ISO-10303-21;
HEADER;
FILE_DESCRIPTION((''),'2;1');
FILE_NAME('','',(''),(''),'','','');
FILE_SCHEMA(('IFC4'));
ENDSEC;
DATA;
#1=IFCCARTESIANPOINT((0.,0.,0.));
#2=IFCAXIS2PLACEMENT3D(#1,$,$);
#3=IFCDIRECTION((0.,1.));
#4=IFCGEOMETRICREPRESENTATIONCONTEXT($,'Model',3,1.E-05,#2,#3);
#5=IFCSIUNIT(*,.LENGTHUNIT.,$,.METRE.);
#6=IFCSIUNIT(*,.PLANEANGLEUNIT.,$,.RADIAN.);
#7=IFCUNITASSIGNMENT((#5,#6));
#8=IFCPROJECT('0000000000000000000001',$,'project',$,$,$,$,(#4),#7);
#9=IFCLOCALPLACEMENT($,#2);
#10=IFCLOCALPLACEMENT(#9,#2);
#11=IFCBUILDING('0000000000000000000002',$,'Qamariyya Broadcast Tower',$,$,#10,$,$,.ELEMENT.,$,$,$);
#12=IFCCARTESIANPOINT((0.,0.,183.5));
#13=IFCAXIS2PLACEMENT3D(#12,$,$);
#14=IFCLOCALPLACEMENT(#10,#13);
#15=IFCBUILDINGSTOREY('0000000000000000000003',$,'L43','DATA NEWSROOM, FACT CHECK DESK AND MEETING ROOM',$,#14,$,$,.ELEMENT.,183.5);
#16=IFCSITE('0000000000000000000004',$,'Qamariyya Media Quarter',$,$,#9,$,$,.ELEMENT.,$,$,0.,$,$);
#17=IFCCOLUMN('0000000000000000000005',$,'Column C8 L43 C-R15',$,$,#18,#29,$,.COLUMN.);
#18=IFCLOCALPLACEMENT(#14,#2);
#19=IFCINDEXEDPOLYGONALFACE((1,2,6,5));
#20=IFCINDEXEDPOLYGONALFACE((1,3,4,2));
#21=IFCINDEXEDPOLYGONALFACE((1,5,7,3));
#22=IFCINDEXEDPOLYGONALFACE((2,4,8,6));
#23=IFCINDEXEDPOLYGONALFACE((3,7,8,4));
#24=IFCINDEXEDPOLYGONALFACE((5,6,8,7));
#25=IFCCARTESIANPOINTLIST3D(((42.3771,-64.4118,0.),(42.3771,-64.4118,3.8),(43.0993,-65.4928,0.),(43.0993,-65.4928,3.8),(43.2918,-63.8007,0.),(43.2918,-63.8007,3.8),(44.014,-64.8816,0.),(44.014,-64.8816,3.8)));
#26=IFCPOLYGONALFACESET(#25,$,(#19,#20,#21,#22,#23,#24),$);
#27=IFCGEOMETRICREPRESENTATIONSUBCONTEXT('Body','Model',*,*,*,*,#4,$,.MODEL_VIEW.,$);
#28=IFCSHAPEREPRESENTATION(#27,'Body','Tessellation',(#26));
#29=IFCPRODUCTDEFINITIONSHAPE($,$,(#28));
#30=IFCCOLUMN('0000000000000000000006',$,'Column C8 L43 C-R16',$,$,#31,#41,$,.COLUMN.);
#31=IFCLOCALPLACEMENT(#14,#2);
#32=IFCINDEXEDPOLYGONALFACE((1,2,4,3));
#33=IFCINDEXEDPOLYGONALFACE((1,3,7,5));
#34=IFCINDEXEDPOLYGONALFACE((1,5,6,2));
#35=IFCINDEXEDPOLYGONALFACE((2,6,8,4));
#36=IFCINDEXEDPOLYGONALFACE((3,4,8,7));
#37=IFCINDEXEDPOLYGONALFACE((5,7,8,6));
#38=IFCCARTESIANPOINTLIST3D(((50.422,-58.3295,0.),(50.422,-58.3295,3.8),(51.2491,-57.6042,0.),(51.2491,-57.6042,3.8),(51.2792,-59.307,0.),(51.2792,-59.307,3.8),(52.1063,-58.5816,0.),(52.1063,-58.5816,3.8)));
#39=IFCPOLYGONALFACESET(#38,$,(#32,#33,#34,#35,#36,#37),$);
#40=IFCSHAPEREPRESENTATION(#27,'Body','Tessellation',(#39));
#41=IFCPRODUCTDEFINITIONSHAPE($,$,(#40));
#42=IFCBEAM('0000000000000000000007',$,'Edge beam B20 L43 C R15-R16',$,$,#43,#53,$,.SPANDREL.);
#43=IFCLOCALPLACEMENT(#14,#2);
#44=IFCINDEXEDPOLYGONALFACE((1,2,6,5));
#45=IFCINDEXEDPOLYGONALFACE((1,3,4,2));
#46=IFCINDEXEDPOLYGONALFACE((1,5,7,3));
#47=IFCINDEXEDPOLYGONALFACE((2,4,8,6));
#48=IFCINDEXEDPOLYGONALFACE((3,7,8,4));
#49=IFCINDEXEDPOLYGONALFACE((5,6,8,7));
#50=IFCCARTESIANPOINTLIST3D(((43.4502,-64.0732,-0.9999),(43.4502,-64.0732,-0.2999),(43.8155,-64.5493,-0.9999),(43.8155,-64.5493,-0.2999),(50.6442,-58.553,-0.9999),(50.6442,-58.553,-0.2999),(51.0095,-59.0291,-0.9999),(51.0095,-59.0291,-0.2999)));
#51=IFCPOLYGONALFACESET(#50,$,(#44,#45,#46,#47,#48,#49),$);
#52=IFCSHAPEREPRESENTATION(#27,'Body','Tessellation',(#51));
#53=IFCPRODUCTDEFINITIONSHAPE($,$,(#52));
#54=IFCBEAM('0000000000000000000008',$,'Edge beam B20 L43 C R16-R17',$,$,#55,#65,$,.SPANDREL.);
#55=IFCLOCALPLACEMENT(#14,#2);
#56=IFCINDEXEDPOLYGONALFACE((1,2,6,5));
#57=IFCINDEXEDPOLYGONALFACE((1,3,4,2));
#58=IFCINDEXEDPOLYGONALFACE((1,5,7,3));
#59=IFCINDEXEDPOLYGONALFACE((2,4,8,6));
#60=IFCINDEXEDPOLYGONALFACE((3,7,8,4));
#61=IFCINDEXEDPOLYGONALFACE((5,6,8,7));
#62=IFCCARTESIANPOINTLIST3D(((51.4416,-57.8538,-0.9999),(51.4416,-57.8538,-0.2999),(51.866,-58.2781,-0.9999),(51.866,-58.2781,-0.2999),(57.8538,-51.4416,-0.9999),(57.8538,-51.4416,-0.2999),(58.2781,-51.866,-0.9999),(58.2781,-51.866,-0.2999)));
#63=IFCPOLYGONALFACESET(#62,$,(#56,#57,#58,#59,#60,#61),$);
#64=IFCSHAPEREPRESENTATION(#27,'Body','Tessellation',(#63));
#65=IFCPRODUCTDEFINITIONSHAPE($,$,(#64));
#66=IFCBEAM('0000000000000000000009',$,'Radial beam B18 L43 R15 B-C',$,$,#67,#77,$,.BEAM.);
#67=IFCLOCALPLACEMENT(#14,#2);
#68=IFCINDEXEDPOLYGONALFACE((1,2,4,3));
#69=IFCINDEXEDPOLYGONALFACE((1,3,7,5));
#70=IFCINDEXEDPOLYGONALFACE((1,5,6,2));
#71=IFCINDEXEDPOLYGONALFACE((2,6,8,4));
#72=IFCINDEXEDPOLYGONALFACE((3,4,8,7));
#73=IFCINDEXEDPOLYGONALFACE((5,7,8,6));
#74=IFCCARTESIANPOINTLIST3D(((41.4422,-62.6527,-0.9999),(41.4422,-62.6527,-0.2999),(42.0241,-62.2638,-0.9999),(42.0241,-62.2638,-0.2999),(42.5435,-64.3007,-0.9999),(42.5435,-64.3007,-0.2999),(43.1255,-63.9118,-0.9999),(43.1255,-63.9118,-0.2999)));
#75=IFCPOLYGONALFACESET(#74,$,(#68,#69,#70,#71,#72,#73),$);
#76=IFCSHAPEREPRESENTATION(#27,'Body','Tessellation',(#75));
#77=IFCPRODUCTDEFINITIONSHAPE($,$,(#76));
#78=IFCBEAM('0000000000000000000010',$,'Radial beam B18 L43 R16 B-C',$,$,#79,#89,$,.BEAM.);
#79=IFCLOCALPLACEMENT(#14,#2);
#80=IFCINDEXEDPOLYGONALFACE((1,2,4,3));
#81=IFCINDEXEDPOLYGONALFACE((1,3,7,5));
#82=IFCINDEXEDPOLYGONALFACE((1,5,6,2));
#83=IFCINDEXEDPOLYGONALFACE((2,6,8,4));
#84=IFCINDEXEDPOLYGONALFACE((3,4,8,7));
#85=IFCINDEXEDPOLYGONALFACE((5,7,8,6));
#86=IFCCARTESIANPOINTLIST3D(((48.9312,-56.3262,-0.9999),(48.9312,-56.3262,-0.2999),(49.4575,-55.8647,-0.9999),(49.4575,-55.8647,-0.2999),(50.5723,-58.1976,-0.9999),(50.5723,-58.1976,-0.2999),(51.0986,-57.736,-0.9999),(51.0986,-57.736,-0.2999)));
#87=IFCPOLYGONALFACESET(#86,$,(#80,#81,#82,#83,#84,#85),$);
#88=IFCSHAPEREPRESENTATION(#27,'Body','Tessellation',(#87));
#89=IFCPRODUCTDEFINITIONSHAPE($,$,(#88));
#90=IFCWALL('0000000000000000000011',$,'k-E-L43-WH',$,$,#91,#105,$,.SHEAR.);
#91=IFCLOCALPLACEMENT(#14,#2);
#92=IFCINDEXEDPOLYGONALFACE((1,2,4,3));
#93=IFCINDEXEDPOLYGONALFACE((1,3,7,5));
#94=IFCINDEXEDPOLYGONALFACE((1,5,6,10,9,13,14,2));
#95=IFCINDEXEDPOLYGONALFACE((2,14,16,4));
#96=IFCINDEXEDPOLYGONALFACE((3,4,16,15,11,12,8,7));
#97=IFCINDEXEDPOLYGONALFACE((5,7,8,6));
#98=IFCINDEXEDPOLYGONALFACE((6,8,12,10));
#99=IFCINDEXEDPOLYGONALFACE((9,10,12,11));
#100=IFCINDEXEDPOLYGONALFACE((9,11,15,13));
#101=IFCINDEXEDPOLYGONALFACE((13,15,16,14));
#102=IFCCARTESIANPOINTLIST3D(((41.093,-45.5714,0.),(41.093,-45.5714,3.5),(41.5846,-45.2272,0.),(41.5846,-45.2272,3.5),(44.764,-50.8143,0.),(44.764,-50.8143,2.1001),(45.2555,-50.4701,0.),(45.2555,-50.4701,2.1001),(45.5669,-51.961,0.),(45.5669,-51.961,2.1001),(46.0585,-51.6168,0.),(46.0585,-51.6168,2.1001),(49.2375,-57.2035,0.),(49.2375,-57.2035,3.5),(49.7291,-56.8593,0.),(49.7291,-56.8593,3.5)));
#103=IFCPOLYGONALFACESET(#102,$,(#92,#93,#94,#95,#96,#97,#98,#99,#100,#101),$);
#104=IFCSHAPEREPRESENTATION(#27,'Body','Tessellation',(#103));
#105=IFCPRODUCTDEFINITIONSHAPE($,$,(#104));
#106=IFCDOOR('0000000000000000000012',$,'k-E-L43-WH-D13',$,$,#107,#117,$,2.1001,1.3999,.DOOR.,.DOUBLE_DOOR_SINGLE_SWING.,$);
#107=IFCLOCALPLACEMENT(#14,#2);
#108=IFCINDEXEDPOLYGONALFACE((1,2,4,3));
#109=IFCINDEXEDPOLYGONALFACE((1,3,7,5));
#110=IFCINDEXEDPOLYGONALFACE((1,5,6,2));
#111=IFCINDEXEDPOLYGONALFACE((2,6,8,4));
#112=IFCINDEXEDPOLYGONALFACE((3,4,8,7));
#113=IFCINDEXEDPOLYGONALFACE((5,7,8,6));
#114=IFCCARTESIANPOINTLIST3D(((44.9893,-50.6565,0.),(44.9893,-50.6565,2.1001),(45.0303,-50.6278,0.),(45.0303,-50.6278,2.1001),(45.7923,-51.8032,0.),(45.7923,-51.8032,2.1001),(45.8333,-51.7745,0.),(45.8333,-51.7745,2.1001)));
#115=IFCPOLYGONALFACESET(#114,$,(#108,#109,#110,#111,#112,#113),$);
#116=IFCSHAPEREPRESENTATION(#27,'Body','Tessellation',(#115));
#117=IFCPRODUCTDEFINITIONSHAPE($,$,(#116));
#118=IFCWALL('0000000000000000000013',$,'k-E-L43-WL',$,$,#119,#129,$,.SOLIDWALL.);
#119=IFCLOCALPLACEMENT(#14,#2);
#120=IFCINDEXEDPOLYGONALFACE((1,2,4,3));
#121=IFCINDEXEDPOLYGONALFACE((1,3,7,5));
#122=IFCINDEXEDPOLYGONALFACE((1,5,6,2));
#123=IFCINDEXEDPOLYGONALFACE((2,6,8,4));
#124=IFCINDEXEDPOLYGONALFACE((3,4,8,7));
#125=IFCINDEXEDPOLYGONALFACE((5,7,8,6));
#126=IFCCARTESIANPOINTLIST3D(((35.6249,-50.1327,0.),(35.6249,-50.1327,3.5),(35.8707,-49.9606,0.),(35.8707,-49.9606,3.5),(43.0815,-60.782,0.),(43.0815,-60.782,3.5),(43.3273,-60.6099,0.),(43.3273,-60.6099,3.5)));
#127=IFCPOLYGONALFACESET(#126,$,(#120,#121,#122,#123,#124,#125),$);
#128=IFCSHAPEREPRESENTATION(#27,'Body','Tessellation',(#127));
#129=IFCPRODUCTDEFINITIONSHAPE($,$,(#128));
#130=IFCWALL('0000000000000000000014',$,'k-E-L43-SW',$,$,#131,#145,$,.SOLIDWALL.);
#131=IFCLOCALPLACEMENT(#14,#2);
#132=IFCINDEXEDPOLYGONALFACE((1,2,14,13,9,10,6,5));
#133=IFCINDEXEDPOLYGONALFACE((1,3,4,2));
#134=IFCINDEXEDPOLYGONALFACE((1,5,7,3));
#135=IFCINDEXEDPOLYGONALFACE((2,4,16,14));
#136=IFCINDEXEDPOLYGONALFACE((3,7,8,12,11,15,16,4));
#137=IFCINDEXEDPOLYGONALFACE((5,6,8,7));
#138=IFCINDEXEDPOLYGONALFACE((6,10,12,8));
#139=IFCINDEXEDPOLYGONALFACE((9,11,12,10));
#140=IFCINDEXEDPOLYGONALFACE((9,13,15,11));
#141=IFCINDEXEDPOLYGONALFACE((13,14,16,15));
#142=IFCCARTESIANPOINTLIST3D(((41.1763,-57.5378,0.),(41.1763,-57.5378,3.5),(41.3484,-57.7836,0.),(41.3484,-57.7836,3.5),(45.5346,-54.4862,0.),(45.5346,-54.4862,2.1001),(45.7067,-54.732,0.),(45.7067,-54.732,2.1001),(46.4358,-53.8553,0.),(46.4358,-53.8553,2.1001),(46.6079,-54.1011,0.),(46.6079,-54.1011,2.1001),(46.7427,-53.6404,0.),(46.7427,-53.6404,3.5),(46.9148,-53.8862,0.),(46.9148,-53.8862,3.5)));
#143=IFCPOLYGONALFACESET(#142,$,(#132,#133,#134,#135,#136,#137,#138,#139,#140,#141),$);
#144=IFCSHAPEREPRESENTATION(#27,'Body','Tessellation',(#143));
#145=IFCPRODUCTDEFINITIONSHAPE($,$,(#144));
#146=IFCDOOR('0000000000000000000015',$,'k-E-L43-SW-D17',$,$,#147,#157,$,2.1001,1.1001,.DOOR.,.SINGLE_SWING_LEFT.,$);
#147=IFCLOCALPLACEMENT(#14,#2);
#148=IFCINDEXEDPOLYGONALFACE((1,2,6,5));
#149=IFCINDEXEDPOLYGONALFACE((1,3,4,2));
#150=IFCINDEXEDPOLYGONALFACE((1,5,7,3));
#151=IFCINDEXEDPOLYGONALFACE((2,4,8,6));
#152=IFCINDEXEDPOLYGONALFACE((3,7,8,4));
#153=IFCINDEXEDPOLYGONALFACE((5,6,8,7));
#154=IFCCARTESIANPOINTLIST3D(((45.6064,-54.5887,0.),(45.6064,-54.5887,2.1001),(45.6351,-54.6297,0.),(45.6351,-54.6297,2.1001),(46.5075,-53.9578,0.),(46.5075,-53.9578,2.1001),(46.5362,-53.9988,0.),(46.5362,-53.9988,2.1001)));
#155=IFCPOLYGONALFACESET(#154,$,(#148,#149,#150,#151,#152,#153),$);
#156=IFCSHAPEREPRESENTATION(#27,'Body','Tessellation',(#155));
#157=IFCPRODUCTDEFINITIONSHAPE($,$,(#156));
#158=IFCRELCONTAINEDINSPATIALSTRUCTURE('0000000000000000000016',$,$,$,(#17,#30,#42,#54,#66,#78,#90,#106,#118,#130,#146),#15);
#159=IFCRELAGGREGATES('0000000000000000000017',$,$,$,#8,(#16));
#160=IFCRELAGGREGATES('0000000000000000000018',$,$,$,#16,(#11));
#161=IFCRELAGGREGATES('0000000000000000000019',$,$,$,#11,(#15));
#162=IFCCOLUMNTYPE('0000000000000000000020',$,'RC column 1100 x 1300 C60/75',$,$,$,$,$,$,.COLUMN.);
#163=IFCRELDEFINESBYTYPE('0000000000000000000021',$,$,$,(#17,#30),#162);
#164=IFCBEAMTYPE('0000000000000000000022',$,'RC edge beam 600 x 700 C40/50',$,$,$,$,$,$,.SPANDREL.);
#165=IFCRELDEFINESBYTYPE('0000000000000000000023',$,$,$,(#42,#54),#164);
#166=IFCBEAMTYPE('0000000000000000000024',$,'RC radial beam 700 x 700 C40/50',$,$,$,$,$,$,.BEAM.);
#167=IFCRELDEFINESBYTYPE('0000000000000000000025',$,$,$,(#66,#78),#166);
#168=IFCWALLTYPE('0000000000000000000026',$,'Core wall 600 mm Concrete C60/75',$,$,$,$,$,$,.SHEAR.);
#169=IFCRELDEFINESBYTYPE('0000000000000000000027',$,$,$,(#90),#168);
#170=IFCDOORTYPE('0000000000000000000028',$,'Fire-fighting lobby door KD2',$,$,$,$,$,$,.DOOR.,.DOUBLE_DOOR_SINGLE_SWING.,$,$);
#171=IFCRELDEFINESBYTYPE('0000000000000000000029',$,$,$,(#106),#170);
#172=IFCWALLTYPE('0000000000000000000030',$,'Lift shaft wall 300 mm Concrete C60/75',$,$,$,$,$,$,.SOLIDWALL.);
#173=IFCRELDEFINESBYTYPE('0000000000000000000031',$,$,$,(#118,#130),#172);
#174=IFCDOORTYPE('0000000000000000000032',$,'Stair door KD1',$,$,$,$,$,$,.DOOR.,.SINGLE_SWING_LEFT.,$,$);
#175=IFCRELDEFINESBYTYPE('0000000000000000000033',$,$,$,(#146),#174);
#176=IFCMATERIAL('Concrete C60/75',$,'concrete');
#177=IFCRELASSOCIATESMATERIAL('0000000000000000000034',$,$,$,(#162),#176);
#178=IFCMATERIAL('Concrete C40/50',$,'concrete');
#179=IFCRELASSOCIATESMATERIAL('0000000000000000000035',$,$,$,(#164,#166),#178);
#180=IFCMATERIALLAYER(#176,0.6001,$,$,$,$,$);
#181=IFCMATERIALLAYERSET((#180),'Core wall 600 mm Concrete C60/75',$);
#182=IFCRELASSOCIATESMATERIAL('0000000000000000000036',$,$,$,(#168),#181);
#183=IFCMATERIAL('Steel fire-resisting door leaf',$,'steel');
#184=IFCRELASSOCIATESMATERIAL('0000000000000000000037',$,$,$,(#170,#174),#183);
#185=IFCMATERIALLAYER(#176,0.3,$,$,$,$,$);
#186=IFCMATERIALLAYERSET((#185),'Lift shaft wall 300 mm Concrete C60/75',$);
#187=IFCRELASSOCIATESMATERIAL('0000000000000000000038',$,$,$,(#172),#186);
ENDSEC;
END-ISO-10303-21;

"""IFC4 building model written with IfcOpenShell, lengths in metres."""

from ifc_helpers import new_model, si_unit, direction, frame, frame_2d, origin, origin_2d, place, context, subcontext, project, spatial, rectangle, extrude, material, layer, layer_set, material_profile, profile_set, type_object, element, fill, save


model = new_model("IFC4")

# Units and contexts
model_context = context("Model", 3, precision=1e-05, world=origin(), true_north=direction((0.0, 1.0)))
body_context = subcontext(model_context, "Body", "Model", "MODEL_VIEW")
ifc_project = project(units=[si_unit("LENGTHUNIT", "METRE"), si_unit("PLANEANGLEUNIT", "RADIAN")], contexts=[model_context])

# Site, building, storey
site_placement = place(None, origin())
site = spatial("IfcSite", under=ifc_project, at=site_placement, Name="Qamariyya Media Quarter", CompositionType="ELEMENT", RefElevation=0.0)
building_placement = place(site_placement, origin())
building = spatial("IfcBuilding", under=site, at=building_placement, Name="Qamariyya Broadcast Tower", CompositionType="ELEMENT")
storey_placement = place(building_placement, frame((0.0, 0.0, 183.5)))
storey = spatial("IfcBuildingStorey", under=building, at=storey_placement, Name="L43", Description="DATA NEWSROOM, FACT CHECK DESK AND MEETING ROOM", CompositionType="ELEMENT", Elevation=183.5)

# Columns
ifc_material_1 = material(Name="Concrete C60/75", Category="concrete")
ifc_material_profile_1 = material_profile(ifc_material_1, rectangle(XDim=1.1001, YDim=1.3, at=origin_2d()))
ifc_profile_set_1 = profile_set([ifc_material_profile_1], Name="Concrete C60/75")
column_type = type_object("IfcColumnType", Name="RC column 1100 x 1300 C60/75", PredefinedType="COLUMN", material=ifc_profile_set_1)
for number, where, z_axis, x_axis, name in (
    (1, (43.1956, -64.6467, 0.0), (0.0, 0.0, 1.0), (0.83147, 0.55557, 0.0), "Column C8 L43 C-R15"),
    (2, (51.2642, -58.4556, 0.0), (0.0, 0.0, 1.0), (0.75184, 0.659346, 0.0), "Column C8 L43 C-R16"),
):
    element("IfcColumn", number, at=place(storey_placement, frame(where, z_axis=z_axis, x_axis=x_axis)), inside=storey, type_object=column_type, Name=name, PredefinedType="COLUMN", context=body_context, shape_type="SweptSolid", body=[
        extrude(rectangle(XDim=1.1001, YDim=1.3, at=origin_2d()), origin(), (0.0, 0.0, 1.0), 3.8),
    ])

# Beams
ifc_material_2 = material(Name="Concrete C40/50", Category="concrete")
ifc_material_profile_2 = material_profile(ifc_material_2, rectangle(XDim=0.6001, YDim=0.7, at=origin_2d()))
ifc_profile_set_2 = profile_set([ifc_material_profile_2], Name="Concrete C40/50")
beam_type_1 = type_object("IfcBeamType", Name="RC edge beam 600 x 700 C40/50", PredefinedType="SPANDREL", material=ifc_profile_set_2)
beam_1_placement = place(storey_placement, frame((43.6328, -64.3113, -0.6499), z_axis=(0.793351, 0.608764, 0.0), x_axis=(-0.608764, 0.793351, 0.0)))
element("IfcBeam", 3, at=beam_1_placement, inside=storey, type_object=beam_type_1, Name="Edge beam B20 L43 C R15-R16", PredefinedType="SPANDREL", context=body_context, shape_type="SweptSolid", body=[
    extrude(rectangle(XDim=0.6001, YDim=0.7, at=origin_2d()), origin(), (0.0, 0.0, 1.0), 9.0679),
])
beam_2_placement = place(storey_placement, frame((51.6538, -58.0659, -0.6499), z_axis=(0.707107, 0.707107, 0.0), x_axis=(-0.707107, 0.707107, 0.0)))
element("IfcBeam", 4, at=beam_2_placement, inside=storey, type_object=beam_type_1, Name="Edge beam B20 L43 C R16-R17", PredefinedType="SPANDREL", context=body_context, shape_type="SweptSolid", body=[
    extrude(rectangle(XDim=0.6001, YDim=0.7, at=origin_2d()), origin(), (0.0, 0.0, 1.0), 9.0681),
])
ifc_material_profile_3 = material_profile(ifc_material_2, rectangle(XDim=0.7, YDim=0.7, at=origin_2d()))
ifc_profile_set_3 = profile_set([ifc_material_profile_3], Name="Concrete C40/50")
beam_type_2 = type_object("IfcBeamType", Name="RC radial beam 700 x 700 C40/50", PredefinedType="BEAM", material=ifc_profile_set_3)
beam_3_placement = place(storey_placement, frame((41.7332, -62.4583, -0.6499), z_axis=(0.555638, -0.831424, 0.0), x_axis=(0.831424, 0.555638, 0.0)))
element("IfcBeam", 5, at=beam_3_placement, inside=storey, type_object=beam_type_2, Name="Radial beam B18 L43 R15 B-C", PredefinedType="BEAM", context=body_context, shape_type="SweptSolid", body=[
    extrude(rectangle(XDim=0.7, YDim=0.7, at=origin_2d()), origin(), (0.0, 0.0, 1.0), 1.9822),
])
beam_4_placement = place(storey_placement, frame((49.1943, -56.0955, -0.6499), z_axis=(0.659344, -0.751841, 0.0), x_axis=(0.751841, 0.659344, 0.0)))
element("IfcBeam", 6, at=beam_4_placement, inside=storey, type_object=beam_type_2, Name="Radial beam B18 L43 R16 B-C", PredefinedType="BEAM", context=body_context, shape_type="SweptSolid", body=[
    extrude(rectangle(XDim=0.7, YDim=0.7, at=origin_2d()), origin(), (0.0, 0.0, 1.0), 2.489),
])

# Wall, opening, door
ifc_layer_1 = layer(ifc_material_1, 0.6001)
ifc_layer_set_1 = layer_set([ifc_layer_1], Name="Core wall 600 mm Concrete C60/75")
wall_type_1 = type_object("IfcWallType", Name="Core wall 600 mm Concrete C60/75", PredefinedType="SHEAR", material=ifc_layer_set_1)
wall_1_placement = place(storey_placement, frame((49.4834, -57.0315, 0.0), z_axis=(0.0, 0.0, 1.0), x_axis=(-0.57356, 0.819163, 0.0)))
wall_1 = element("IfcWall", 7, at=wall_1_placement, inside=storey, type_object=wall_type_1, Name="k-E-L43-WH", PredefinedType="SHEAR", context=body_context, shape_type="SweptSolid", body=[
    extrude(rectangle(XDim=14.2, YDim=0.6001, at=frame_2d((7.1001, 0.0))), origin(), (0.0, 0.0, 1.0), 3.5),
])
opening_1_placement = place(wall_1_placement, frame((6.3999, 0.0, 0.0)))
opening_1 = element("IfcOpeningElement", 8, at=opening_1_placement, cuts=wall_1, PredefinedType="OPENING", context=body_context, shape_type="SweptSolid", body=[
    extrude(rectangle(XDim=1.3999, YDim=2.1001, at=frame_2d((0.7, 1.05))), frame((0.0, 0.3101, 0.0), z_axis=(0.0, -1.0, 0.0), x_axis=(1.0, 0.0, 0.0)), (0.0, 0.0, 1.0), 0.6201),
])
ifc_material_3 = material(Name="Steel fire-resisting door leaf", Category="steel")
door_type_1 = type_object("IfcDoorType", Name="Fire-fighting lobby door KD2", OperationType="DOUBLE_DOOR_SINGLE_SWING", PredefinedType="DOOR", material=ifc_material_3)
door_1_placement = place(opening_1_placement, origin())
door_1 = element("IfcDoor", 9, at=door_1_placement, inside=storey, type_object=door_type_1, Name="k-E-L43-WH-D13", OperationType="DOUBLE_DOOR_SINGLE_SWING", OverallHeight=2.1001, OverallWidth=1.3999, PredefinedType="DOOR", context=body_context, shape_type="SweptSolid", body=[
    extrude(rectangle(XDim=1.3999, YDim=2.1001, at=frame_2d((0.7, 1.05))), frame((0.0, 0.0249, 0.0), z_axis=(0.0, -1.0, 0.0), x_axis=(1.0, 0.0, 0.0)), (0.0, 0.0, 1.0), 0.05),
])
fill(opening_1, door_1)

# Wall
ifc_layer_2 = layer(ifc_material_1, 0.3)
ifc_layer_set_2 = layer_set([ifc_layer_2], Name="Lift shaft wall 300 mm Concrete C60/75")
wall_type_2 = type_object("IfcWallType", Name="Lift shaft wall 300 mm Concrete C60/75", PredefinedType="SOLIDWALL", material=ifc_layer_set_2)
wall_2_placement = place(storey_placement, frame((43.2043, -60.6958, 0.0), z_axis=(0.0, 0.0, 1.0), x_axis=(-0.573572, 0.819155, 0.0)))
element("IfcWall", 10, at=wall_2_placement, inside=storey, type_object=wall_type_2, Name="k-E-L43-WL", PredefinedType="SOLIDWALL", context=body_context, shape_type="SweptSolid", body=[
    extrude(rectangle(XDim=13.0002, YDim=0.3, at=frame_2d((6.5, 0.0))), origin(), (0.0, 0.0, 1.0), 3.5),
])

# Wall, opening, door
wall_3_placement = place(storey_placement, frame((41.2625, -57.6606, 0.0), z_axis=(0.0, 0.0, 1.0), x_axis=(0.819164, 0.573559, 0.0)))
wall_3 = element("IfcWall", 11, at=wall_3_placement, inside=storey, type_object=wall_type_2, Name="k-E-L43-SW", PredefinedType="SOLIDWALL", context=body_context, shape_type="SweptSolid", body=[
    extrude(rectangle(XDim=6.7952, YDim=0.3, at=frame_2d((3.3975, 0.0))), origin(), (0.0, 0.0, 1.0), 3.5),
])
opening_2_placement = place(wall_3_placement, frame((5.3203, 0.0, 0.0)))
opening_2 = element("IfcOpeningElement", 12, at=opening_2_placement, cuts=wall_3, PredefinedType="OPENING", context=body_context, shape_type="SweptSolid", body=[
    extrude(rectangle(XDim=1.1001, YDim=2.1001, at=frame_2d((0.55, 1.05))), frame((0.0, 0.1599, 0.0), z_axis=(0.0, -1.0, 0.0), x_axis=(1.0, 0.0, 0.0)), (0.0, 0.0, 1.0), 0.3201),
])
door_type_2 = type_object("IfcDoorType", Name="Stair door KD1", OperationType="SINGLE_SWING_LEFT", PredefinedType="DOOR", material=ifc_material_3)
door_2_placement = place(opening_2_placement, origin())
door_2 = element("IfcDoor", 13, at=door_2_placement, inside=storey, type_object=door_type_2, Name="k-E-L43-SW-D17", OperationType="SINGLE_SWING_LEFT", OverallHeight=2.1001, OverallWidth=1.1001, PredefinedType="DOOR", context=body_context, shape_type="SweptSolid", body=[
    extrude(rectangle(XDim=1.1001, YDim=2.1001, at=frame_2d((0.55, 1.05))), frame((0.0, 0.0249, 0.0), z_axis=(0.0, -1.0, 0.0), x_axis=(1.0, 0.0, 0.0)), (0.0, 0.0, 1.0), 0.05),
])
fill(opening_2, door_2)

save(model, "model.ifc")
